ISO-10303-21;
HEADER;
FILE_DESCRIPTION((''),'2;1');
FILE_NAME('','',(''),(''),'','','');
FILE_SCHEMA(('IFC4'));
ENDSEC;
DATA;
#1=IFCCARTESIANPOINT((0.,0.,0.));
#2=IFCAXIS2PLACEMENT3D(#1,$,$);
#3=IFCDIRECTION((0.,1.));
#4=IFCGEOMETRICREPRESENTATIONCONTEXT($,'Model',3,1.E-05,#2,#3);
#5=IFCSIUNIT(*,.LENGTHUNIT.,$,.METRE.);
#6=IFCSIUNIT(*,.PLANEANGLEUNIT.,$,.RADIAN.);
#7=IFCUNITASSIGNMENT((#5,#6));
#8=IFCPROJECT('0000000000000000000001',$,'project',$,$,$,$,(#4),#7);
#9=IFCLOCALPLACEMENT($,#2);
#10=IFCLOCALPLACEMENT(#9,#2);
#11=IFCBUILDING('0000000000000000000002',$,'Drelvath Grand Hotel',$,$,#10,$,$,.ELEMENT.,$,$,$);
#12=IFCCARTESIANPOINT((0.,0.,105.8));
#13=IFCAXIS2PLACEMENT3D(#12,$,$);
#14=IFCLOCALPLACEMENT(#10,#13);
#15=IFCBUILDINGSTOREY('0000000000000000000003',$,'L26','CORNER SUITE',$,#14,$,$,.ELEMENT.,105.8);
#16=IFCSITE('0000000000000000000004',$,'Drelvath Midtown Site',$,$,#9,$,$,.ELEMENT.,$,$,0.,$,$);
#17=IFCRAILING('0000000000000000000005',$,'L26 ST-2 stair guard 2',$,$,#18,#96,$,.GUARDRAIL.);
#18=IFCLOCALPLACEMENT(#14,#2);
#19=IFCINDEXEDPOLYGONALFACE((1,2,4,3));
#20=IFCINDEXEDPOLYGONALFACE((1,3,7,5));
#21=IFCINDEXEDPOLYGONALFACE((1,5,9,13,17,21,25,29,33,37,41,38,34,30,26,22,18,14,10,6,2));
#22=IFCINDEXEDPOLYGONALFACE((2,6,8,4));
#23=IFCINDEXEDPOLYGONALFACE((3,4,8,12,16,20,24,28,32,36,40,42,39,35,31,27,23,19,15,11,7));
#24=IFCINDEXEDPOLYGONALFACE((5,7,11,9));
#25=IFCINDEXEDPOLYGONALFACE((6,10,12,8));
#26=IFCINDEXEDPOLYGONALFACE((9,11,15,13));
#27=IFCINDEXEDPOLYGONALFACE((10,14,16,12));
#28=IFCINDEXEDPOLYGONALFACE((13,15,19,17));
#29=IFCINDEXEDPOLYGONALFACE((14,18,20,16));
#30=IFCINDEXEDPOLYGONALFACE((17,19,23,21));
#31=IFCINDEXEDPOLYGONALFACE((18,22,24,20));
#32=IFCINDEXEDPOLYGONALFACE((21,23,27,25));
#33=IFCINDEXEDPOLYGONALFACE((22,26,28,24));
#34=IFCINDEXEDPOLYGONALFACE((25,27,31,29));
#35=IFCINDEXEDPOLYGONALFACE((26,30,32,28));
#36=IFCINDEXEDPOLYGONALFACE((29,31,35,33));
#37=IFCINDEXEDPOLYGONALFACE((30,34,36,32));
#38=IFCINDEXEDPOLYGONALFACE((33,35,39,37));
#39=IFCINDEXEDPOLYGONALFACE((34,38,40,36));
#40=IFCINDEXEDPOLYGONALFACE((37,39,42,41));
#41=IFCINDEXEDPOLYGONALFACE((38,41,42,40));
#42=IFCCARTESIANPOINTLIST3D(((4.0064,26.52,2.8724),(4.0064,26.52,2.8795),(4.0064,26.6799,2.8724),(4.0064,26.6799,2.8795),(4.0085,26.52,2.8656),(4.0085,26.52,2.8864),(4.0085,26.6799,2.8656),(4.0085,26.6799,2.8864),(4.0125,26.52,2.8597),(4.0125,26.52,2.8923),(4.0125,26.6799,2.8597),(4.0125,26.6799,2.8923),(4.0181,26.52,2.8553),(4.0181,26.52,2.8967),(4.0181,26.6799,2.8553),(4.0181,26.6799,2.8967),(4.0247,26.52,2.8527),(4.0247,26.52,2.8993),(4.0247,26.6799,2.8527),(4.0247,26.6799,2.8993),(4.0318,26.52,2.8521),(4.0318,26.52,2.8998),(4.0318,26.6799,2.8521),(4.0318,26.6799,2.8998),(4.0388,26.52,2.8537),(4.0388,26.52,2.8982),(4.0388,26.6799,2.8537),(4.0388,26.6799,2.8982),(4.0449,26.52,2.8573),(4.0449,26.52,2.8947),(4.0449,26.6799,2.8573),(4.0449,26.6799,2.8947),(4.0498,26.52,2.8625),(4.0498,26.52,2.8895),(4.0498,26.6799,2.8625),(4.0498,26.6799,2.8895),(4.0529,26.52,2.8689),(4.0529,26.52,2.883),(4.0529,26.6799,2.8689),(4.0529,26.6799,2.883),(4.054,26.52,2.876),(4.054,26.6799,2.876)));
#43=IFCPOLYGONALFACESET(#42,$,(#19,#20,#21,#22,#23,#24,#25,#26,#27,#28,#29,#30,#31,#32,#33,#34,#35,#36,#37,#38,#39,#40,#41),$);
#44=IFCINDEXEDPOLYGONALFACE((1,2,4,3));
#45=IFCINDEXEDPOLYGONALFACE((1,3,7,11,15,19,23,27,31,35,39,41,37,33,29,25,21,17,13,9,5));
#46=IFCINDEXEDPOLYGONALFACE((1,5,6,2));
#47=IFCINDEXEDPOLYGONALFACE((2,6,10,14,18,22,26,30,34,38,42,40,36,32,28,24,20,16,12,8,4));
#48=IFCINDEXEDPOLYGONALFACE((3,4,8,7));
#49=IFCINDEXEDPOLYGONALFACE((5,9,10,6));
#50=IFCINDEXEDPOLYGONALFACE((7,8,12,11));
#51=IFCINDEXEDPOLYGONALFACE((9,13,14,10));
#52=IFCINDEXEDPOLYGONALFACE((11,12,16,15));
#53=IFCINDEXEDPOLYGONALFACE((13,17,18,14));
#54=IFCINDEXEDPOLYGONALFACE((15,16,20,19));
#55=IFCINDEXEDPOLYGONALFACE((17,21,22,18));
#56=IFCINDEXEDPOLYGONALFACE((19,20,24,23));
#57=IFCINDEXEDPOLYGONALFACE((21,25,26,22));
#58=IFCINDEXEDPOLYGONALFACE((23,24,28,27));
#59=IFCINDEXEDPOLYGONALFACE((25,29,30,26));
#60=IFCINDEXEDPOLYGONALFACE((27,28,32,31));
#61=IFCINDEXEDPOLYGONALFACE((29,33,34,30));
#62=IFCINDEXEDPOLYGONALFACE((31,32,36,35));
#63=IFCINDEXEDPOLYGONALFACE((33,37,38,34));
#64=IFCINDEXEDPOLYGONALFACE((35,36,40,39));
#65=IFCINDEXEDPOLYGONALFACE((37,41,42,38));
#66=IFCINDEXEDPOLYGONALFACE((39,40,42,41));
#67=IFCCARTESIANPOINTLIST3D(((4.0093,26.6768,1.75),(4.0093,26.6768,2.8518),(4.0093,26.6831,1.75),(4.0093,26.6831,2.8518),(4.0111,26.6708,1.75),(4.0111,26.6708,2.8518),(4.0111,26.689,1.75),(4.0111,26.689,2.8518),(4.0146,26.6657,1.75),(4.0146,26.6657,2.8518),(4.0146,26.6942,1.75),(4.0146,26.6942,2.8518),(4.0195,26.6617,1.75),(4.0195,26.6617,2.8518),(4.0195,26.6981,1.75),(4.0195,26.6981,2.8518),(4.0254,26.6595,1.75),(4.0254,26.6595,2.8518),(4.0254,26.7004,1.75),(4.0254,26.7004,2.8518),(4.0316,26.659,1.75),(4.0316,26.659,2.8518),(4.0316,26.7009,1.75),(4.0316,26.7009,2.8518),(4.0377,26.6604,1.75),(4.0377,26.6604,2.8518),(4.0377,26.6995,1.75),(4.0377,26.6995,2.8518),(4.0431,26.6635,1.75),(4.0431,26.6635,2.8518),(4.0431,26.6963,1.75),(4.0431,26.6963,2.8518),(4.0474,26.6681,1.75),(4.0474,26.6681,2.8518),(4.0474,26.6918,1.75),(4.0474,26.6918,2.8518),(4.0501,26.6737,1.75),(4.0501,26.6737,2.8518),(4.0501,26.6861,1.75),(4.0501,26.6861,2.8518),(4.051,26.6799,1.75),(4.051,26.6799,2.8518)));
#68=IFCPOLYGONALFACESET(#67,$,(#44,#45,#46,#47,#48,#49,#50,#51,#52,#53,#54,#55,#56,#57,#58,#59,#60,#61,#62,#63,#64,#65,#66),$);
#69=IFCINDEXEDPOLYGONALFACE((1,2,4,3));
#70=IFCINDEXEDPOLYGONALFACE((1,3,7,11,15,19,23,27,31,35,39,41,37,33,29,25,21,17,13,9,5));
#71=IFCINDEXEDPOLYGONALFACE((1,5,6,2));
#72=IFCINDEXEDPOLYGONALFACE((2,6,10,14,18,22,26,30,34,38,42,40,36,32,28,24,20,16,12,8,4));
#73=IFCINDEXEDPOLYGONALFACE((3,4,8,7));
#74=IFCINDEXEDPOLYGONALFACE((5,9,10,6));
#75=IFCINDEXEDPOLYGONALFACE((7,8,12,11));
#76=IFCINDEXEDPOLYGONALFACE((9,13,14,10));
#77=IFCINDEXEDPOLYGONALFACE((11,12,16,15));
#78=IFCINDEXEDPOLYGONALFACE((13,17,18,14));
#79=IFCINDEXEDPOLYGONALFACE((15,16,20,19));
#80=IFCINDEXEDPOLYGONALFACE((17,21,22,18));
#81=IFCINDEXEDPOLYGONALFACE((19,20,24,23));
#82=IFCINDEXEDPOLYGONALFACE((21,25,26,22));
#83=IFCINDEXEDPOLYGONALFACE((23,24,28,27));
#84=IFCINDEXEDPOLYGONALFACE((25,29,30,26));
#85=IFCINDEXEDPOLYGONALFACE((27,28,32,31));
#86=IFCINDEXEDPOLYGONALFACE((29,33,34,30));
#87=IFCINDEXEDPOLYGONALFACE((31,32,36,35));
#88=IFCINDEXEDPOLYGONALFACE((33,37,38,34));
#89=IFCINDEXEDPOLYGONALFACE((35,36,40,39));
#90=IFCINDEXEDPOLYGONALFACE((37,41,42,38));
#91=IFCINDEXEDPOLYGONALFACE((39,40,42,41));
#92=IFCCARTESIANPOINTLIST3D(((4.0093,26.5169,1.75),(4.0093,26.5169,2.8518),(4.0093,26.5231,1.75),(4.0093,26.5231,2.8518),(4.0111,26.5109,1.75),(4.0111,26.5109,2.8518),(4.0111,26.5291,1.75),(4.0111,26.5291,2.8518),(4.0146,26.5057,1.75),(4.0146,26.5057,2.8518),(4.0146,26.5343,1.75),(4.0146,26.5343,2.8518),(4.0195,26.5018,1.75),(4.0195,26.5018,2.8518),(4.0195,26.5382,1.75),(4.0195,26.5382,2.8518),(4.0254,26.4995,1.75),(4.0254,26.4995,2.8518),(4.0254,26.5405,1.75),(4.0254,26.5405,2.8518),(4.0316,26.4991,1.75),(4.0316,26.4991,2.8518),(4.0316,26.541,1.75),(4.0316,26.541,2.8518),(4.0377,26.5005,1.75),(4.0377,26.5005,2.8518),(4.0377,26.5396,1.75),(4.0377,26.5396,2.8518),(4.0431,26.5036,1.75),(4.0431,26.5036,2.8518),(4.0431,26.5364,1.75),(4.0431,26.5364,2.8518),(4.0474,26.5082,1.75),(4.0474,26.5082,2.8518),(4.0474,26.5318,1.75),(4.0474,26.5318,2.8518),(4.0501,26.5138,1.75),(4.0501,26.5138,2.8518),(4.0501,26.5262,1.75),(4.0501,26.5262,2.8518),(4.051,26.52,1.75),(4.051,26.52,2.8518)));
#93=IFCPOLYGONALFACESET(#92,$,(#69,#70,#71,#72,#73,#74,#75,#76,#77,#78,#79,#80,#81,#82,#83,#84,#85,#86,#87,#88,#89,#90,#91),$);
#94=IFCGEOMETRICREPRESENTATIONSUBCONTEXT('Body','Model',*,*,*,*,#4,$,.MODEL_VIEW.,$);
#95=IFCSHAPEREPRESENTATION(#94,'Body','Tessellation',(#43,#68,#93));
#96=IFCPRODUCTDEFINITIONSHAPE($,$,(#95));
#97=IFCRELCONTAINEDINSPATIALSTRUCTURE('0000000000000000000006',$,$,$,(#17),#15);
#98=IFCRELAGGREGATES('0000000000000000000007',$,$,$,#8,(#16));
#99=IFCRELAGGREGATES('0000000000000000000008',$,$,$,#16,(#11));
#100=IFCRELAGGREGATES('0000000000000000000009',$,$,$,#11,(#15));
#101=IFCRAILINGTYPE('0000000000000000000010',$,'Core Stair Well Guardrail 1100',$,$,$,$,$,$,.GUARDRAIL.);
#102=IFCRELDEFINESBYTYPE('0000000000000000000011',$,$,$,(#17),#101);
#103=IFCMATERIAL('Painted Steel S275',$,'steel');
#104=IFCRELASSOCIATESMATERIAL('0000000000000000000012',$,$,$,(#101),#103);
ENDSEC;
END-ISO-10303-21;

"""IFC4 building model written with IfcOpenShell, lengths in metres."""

from ifc_helpers import new_model, si_unit, direction, frame, origin, origin_2d, place, context, subcontext, project, spatial, circle, extrude, material, type_object, element, save


model = new_model("IFC4")

# Units and contexts
model_context = context("Model", 3, precision=1e-05, world=origin(), true_north=direction((0.0, 1.0)))
body_context = subcontext(model_context, "Body", "Model", "MODEL_VIEW")
ifc_project = project(units=[si_unit("LENGTHUNIT", "METRE"), si_unit("PLANEANGLEUNIT", "RADIAN")], contexts=[model_context])

# Site, building, storey
site_placement = place(None, origin())
site = spatial("IfcSite", under=ifc_project, at=site_placement, Name="Drelvath Midtown Site", CompositionType="ELEMENT", RefElevation=0.0)
building_placement = place(site_placement, origin())
building = spatial("IfcBuilding", under=site, at=building_placement, Name="Drelvath Grand Hotel", CompositionType="ELEMENT")
storey_placement = place(building_placement, frame((0.0, 0.0, 105.8)))
storey = spatial("IfcBuildingStorey", under=building, at=storey_placement, Name="L26", Description="CORNER SUITE", CompositionType="ELEMENT", Elevation=105.8)

# Railing
ifc_material_1 = material(Name="Painted Steel S275", Category="steel")
railing_type_1 = type_object("IfcRailingType", Name="Core Stair Well Guardrail 1100", PredefinedType="GUARDRAIL", material=ifc_material_1)
railing_1_placement = place(storey_placement, frame((4.03, 26.6799, 1.75)))
element("IfcRailing", 1, at=railing_1_placement, inside=storey, type_object=railing_type_1, Name="L26 ST-2 stair guard 2", PredefinedType="GUARDRAIL", context=body_context, shape_type="SweptSolid", body=[
    extrude(circle(Radius=0.0239, at=origin_2d()), frame((0.0, 0.0, 1.126), z_axis=(0.0, -1.0, 0.0), x_axis=(1.0, 0.0, 0.0)), (0.0, 0.0, 1.0), 0.1599),
    extrude(circle(Radius=0.021, at=origin_2d()), origin(), (0.0, 0.0, 1.0), 1.1018),
    extrude(circle(Radius=0.021, at=origin_2d()), frame((0.0, -0.1599, 0.0)), (0.0, 0.0, 1.0), 1.1018),
])

save(model, "model.ifc")
